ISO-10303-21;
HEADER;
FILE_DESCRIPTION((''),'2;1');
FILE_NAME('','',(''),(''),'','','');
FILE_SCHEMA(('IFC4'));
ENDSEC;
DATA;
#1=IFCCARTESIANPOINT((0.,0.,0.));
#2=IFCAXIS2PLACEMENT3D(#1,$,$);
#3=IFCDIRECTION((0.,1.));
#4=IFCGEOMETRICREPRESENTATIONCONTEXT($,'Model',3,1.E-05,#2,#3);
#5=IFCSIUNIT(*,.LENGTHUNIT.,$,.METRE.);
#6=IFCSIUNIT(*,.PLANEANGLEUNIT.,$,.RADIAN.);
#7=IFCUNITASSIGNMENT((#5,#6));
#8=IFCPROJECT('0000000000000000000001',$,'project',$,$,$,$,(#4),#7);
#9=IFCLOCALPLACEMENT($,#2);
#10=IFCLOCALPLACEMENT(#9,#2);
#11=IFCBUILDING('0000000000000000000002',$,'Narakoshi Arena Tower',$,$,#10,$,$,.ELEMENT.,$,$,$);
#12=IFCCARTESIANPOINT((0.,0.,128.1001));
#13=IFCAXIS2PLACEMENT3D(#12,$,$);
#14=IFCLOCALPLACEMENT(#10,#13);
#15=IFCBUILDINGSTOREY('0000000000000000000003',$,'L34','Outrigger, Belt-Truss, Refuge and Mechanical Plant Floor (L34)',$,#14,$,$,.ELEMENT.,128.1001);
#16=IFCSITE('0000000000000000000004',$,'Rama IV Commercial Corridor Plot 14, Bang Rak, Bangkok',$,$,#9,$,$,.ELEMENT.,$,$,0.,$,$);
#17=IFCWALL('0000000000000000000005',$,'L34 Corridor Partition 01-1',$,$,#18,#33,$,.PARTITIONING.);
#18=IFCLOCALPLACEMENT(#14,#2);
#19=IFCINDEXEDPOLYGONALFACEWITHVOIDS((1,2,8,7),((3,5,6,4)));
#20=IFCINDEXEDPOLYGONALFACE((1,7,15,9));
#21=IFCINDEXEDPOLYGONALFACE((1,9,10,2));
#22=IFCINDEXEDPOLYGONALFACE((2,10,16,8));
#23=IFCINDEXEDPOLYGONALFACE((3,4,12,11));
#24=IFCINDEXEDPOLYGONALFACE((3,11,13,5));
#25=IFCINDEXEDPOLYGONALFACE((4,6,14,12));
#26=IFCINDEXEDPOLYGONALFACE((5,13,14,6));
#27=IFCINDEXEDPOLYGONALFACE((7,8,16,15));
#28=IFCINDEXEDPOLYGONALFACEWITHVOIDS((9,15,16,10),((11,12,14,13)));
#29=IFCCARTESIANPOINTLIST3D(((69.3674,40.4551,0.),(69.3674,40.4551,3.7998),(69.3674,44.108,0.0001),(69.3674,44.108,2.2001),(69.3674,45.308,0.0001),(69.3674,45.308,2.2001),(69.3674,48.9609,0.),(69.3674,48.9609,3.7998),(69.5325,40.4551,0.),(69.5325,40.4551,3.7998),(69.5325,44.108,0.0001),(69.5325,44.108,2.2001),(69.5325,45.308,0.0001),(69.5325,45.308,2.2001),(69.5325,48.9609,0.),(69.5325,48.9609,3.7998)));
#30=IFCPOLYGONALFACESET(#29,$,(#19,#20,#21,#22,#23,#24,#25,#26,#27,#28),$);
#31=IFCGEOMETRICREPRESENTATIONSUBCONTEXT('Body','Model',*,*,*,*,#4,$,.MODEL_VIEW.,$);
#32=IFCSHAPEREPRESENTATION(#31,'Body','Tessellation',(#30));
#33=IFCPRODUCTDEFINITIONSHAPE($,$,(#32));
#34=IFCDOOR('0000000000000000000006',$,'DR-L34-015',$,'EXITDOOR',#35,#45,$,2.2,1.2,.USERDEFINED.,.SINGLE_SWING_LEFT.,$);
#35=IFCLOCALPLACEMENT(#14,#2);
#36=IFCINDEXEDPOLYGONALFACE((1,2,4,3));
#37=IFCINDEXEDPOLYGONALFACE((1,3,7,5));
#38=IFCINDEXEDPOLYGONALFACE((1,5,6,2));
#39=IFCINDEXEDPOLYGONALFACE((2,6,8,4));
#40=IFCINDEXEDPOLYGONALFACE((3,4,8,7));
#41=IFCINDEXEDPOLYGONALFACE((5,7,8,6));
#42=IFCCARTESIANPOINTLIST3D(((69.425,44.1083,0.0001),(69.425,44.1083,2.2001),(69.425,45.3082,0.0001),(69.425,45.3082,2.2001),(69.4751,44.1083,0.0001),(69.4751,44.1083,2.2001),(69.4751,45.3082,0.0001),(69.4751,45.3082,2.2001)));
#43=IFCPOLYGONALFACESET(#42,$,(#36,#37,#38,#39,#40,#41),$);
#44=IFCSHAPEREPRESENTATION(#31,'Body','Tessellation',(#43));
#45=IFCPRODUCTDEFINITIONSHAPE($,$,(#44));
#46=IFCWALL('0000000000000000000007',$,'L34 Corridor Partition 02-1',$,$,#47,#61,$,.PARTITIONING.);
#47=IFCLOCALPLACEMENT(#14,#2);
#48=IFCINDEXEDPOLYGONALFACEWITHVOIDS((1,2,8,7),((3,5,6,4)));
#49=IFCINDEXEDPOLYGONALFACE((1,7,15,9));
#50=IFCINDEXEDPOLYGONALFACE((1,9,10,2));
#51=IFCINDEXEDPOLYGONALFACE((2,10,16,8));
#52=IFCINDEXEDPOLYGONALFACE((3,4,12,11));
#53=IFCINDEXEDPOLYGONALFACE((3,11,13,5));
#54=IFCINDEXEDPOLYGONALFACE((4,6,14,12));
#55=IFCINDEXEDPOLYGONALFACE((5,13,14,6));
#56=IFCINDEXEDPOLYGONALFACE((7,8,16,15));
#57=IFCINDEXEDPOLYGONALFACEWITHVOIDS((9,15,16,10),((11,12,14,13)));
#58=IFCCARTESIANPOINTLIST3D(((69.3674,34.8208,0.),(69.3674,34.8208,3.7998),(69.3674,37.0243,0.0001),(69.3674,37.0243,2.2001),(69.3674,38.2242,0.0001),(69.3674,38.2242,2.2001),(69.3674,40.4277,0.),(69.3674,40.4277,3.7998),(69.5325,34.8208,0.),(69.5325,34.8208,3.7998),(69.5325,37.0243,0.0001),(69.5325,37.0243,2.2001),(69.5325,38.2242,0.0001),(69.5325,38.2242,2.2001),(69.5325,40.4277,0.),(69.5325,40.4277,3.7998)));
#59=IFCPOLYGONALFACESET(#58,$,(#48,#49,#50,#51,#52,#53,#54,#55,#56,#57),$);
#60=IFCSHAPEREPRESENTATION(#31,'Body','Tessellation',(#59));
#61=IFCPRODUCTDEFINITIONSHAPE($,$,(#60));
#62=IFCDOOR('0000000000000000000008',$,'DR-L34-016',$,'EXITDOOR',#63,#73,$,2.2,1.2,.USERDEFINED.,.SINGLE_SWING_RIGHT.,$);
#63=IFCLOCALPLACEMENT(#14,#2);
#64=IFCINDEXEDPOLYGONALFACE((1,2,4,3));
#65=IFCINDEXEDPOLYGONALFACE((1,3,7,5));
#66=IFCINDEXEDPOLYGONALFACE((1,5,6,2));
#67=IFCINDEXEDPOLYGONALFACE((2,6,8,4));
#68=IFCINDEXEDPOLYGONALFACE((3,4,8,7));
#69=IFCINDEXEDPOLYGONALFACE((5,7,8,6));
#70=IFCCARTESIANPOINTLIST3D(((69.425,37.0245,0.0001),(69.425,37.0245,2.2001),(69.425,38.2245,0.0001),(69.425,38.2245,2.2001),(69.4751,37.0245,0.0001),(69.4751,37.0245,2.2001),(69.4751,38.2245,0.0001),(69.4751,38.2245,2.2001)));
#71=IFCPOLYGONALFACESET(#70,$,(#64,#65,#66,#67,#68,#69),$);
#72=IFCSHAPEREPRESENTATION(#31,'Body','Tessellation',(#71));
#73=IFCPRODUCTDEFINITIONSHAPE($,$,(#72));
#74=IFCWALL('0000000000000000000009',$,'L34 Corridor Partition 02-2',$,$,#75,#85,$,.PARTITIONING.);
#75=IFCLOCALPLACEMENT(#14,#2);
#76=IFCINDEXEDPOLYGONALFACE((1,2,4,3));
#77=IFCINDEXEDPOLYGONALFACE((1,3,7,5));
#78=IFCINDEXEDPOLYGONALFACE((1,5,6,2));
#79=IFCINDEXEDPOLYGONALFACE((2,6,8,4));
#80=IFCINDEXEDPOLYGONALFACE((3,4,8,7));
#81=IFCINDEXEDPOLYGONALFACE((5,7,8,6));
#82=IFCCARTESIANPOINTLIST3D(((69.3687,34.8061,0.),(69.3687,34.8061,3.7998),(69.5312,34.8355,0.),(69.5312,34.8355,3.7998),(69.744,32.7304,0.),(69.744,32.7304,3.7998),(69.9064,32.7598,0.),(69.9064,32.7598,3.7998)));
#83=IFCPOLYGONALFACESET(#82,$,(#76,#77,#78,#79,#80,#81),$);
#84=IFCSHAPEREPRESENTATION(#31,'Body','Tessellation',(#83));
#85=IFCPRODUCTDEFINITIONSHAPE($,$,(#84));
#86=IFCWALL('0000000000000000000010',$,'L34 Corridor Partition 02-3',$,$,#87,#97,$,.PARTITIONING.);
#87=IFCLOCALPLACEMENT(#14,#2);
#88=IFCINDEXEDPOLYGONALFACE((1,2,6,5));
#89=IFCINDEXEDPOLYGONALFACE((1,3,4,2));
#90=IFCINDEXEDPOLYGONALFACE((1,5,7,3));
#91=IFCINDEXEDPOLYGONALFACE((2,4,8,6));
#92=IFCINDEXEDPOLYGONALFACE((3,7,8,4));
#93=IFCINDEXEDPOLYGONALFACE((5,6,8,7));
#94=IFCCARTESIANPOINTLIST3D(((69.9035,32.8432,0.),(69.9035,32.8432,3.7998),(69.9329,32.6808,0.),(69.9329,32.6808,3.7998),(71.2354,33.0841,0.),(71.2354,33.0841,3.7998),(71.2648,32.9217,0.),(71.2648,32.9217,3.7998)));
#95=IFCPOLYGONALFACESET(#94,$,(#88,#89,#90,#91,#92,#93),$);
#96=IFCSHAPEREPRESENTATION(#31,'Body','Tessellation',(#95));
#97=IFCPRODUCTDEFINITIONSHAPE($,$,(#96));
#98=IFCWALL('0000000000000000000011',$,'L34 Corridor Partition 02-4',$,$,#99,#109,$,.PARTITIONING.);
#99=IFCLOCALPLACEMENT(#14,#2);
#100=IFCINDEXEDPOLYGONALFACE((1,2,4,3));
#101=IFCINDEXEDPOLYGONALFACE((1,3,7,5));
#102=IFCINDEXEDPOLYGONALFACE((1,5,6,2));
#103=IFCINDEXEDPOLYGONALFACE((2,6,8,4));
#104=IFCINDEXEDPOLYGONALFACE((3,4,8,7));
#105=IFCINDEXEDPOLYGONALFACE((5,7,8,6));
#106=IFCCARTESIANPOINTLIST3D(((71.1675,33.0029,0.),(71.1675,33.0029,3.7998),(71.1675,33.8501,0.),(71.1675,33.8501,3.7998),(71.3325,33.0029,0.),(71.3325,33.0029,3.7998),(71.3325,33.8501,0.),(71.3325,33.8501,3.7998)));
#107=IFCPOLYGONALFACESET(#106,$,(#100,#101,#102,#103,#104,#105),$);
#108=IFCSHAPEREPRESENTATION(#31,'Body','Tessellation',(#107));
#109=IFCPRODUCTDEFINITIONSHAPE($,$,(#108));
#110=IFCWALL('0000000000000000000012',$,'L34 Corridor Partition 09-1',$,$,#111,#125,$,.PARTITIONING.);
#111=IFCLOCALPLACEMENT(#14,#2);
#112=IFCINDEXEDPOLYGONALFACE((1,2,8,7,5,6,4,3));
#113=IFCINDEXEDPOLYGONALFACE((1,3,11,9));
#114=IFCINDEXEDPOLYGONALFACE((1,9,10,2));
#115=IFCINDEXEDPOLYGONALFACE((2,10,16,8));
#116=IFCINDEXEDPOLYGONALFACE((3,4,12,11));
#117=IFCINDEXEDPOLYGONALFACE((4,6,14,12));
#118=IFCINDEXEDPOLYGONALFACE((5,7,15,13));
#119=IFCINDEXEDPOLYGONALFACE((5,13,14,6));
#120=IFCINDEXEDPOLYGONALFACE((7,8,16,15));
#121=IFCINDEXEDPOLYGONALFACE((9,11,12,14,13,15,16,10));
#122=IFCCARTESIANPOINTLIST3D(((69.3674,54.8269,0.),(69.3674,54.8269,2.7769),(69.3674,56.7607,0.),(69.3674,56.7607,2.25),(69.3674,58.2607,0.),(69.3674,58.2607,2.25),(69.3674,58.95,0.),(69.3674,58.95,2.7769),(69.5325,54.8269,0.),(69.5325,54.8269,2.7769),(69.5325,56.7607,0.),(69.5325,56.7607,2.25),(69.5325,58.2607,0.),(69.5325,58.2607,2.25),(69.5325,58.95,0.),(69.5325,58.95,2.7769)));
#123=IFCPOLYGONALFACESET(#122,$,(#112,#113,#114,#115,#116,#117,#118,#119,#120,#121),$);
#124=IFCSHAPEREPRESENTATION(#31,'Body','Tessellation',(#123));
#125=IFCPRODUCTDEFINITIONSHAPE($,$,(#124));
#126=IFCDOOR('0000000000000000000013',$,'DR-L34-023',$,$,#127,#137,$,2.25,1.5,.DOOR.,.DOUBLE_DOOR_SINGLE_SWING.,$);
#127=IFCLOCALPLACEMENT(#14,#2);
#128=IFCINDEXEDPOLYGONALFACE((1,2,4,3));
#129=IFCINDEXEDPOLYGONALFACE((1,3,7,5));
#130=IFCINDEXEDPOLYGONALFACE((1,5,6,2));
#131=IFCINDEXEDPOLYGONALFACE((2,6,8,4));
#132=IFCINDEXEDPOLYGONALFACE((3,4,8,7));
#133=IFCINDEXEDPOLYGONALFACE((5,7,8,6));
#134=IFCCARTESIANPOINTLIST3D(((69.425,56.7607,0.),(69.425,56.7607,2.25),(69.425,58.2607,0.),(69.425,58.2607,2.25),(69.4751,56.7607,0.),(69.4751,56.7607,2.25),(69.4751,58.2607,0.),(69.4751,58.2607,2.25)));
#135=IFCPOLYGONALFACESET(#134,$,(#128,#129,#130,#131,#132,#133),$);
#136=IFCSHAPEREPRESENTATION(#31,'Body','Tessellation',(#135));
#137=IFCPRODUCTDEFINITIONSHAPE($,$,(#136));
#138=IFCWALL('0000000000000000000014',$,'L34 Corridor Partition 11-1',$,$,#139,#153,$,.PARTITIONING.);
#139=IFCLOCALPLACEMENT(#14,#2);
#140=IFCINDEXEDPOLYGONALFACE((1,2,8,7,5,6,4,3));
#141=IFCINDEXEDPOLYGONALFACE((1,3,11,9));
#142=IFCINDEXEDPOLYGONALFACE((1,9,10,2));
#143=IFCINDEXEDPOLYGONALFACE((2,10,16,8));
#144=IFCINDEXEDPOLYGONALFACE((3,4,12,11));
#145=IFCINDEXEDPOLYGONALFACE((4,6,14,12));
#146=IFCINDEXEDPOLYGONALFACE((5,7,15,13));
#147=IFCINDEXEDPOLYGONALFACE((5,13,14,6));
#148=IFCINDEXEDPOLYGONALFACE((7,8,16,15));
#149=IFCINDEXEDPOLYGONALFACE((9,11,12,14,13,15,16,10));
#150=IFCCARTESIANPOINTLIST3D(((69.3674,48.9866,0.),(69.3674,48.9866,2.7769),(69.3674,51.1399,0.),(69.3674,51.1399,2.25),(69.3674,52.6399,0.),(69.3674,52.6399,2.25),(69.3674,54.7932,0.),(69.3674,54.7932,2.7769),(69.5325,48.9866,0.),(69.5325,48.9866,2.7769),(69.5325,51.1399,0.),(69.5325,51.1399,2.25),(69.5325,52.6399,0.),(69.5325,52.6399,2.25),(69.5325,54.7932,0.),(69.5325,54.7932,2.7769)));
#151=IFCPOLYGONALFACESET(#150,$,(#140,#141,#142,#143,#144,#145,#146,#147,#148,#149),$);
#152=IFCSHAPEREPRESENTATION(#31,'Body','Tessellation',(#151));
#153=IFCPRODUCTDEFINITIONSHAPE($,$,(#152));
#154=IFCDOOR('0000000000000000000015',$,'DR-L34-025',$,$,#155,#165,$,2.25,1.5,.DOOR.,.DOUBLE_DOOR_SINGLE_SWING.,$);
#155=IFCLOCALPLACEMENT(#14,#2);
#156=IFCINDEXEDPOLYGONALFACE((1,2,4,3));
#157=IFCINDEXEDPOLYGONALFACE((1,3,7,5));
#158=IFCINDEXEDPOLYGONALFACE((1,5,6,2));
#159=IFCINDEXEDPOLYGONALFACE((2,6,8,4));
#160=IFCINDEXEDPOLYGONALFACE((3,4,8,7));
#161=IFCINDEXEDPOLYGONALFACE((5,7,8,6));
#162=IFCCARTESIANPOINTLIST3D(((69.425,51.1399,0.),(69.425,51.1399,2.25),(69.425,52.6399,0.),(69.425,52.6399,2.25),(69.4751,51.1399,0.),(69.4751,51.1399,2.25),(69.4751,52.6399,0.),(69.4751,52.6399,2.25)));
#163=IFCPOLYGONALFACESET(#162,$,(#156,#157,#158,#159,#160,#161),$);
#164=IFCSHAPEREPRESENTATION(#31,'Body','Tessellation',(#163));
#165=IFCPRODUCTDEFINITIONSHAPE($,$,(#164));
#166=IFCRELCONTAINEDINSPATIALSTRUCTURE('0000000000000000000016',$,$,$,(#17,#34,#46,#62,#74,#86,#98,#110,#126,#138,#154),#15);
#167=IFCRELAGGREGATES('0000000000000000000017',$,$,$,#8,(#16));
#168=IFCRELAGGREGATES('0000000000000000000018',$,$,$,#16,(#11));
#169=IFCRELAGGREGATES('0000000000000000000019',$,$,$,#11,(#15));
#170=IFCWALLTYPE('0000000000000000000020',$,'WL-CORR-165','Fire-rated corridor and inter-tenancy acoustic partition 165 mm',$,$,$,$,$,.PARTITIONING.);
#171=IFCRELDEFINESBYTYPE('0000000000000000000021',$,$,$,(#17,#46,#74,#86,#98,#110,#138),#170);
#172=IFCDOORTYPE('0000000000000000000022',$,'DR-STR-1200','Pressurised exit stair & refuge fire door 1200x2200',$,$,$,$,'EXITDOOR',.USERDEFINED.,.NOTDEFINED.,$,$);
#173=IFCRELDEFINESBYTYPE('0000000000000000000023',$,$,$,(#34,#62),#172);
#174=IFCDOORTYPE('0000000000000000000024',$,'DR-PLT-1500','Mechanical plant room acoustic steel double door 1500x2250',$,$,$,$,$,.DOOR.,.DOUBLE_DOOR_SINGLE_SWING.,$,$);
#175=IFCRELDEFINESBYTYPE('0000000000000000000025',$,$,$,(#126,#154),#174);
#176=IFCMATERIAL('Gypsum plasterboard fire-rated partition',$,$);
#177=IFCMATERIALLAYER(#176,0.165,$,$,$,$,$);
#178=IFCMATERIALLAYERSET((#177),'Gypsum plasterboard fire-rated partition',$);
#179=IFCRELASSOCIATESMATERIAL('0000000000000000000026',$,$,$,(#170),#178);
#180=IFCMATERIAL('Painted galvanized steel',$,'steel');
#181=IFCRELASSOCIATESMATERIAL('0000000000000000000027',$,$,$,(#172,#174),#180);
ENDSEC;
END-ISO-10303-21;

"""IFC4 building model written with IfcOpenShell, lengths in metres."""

from ifc_helpers import new_model, si_unit, direction, frame, frame_2d, origin, place, context, subcontext, project, spatial, rectangle, extrude, material, layer, layer_set, type_object, element, fill, save


model = new_model("IFC4")

# Units and contexts
model_context = context("Model", 3, precision=1e-05, world=origin(), true_north=direction((0.0, 1.0)))
body_context = subcontext(model_context, "Body", "Model", "MODEL_VIEW")
ifc_project = project(units=[si_unit("LENGTHUNIT", "METRE"), si_unit("PLANEANGLEUNIT", "RADIAN")], contexts=[model_context])

# Site, building, storey
site_placement = place(None, origin())
site = spatial("IfcSite", under=ifc_project, at=site_placement, Name="Rama IV Commercial Corridor Plot 14, Bang Rak, Bangkok", CompositionType="ELEMENT", RefElevation=0.0)
building_placement = place(site_placement, origin())
building = spatial("IfcBuilding", under=site, at=building_placement, Name="Narakoshi Arena Tower", CompositionType="ELEMENT")
storey_placement = place(building_placement, frame((0.0, 0.0, 128.1001)))
storey = spatial("IfcBuildingStorey", under=building, at=storey_placement, Name="L34", Description="Outrigger, Belt-Truss, Refuge and Mechanical Plant Floor (L34)", CompositionType="ELEMENT", Elevation=128.1001)

# Walls, openings, doors
ifc_material_1 = material(Name="Gypsum plasterboard fire-rated partition")
ifc_layer_1 = layer(ifc_material_1, 0.165)
ifc_layer_set_1 = layer_set([ifc_layer_1], Name="Gypsum plasterboard fire-rated partition")
wall_type_1 = type_object("IfcWallType", Name="WL-CORR-165", Description="Fire-rated corridor and inter-tenancy acoustic partition 165 mm", PredefinedType="PARTITIONING", material=ifc_layer_set_1)
wall_1_placement = place(storey_placement, frame((69.45, 48.9609, 0.0), z_axis=(0.0, 0.0, 1.0), x_axis=(0.0, -1.0, 0.0)))
wall_1 = element("IfcWall", 1, at=wall_1_placement, inside=storey, type_object=wall_type_1, Name="L34 Corridor Partition 01-1", PredefinedType="PARTITIONING", context=body_context, shape_type="SweptSolid", body=[
    extrude(rectangle(XDim=8.5059, YDim=0.165, at=frame_2d((4.2529, 0.0))), origin(), (0.0, 0.0, 1.0), 3.7998),
])
opening_1_placement = place(wall_1_placement, frame((3.6528, 0.0, 0.0)))
opening_1 = element("IfcOpeningElement", 2, at=opening_1_placement, cuts=wall_1, PredefinedType="OPENING", context=body_context, shape_type="SweptSolid", body=[
    extrude(rectangle(XDim=1.2, YDim=2.2, at=frame_2d((0.6001, 1.1001))), frame((0.0, 0.0925, 0.0), z_axis=(0.0, -1.0, 0.0), x_axis=(1.0, 0.0, 0.0)), (0.0, 0.0, 1.0), 0.1851),
])
ifc_material_2 = material(Name="Painted galvanized steel", Category="steel")
door_type_1 = type_object("IfcDoorType", Name="DR-STR-1200", Description="Pressurised exit stair & refuge fire door 1200x2200", ElementType="EXITDOOR", OperationType="NOTDEFINED", PredefinedType="USERDEFINED", material=ifc_material_2)
door_1_placement = place(opening_1_placement, frame((1.2, 0.0, 0.0), z_axis=(0.0, 0.0, 1.0), x_axis=(-1.0, 0.0, 0.0)))
door_1 = element("IfcDoor", 3, at=door_1_placement, inside=storey, type_object=door_type_1, Name="DR-L34-015", ObjectType="EXITDOOR", OperationType="SINGLE_SWING_LEFT", OverallHeight=2.2, OverallWidth=1.2, PredefinedType="USERDEFINED", context=body_context, shape_type="SweptSolid", body=[
    extrude(rectangle(XDim=1.2, YDim=2.2, at=frame_2d((0.6001, 1.1001))), frame((0.0, 0.0249, 0.0), z_axis=(0.0, -1.0, 0.0), x_axis=(1.0, 0.0, 0.0)), (0.0, 0.0, 1.0), 0.05),
])
fill(opening_1, door_1)
wall_2_placement = place(storey_placement, frame((69.45, 40.4277, 0.0), z_axis=(0.0, 0.0, 1.0), x_axis=(0.0, -1.0, 0.0)))
wall_2 = element("IfcWall", 4, at=wall_2_placement, inside=storey, type_object=wall_type_1, Name="L34 Corridor Partition 02-1", PredefinedType="PARTITIONING", context=body_context, shape_type="SweptSolid", body=[
    extrude(rectangle(XDim=5.6069, YDim=0.165, at=frame_2d((2.8035, 0.0))), origin(), (0.0, 0.0, 1.0), 3.7998),
])
opening_2_placement = place(wall_2_placement, frame((2.2034, 0.0, 0.0)))
opening_2 = element("IfcOpeningElement", 5, at=opening_2_placement, cuts=wall_2, PredefinedType="OPENING", context=body_context, shape_type="SweptSolid", body=[
    extrude(rectangle(XDim=1.2, YDim=2.2, at=frame_2d((0.6001, 1.1001))), frame((0.0, 0.0925, 0.0), z_axis=(0.0, -1.0, 0.0), x_axis=(1.0, 0.0, 0.0)), (0.0, 0.0, 1.0), 0.1851),
])
door_2_placement = place(opening_2_placement, frame((1.2, 0.0, 0.0), z_axis=(0.0, 0.0, 1.0), x_axis=(-1.0, 0.0, 0.0)))
door_2 = element("IfcDoor", 6, at=door_2_placement, inside=storey, type_object=door_type_1, Name="DR-L34-016", ObjectType="EXITDOOR", OperationType="SINGLE_SWING_RIGHT", OverallHeight=2.2, OverallWidth=1.2, PredefinedType="USERDEFINED", context=body_context, shape_type="SweptSolid", body=[
    extrude(rectangle(XDim=1.2, YDim=2.2, at=frame_2d((0.6001, 1.1001))), frame((0.0, 0.0249, 0.0), z_axis=(0.0, -1.0, 0.0), x_axis=(1.0, 0.0, 0.0)), (0.0, 0.0, 1.0), 0.05),
])
fill(opening_2, door_2)

# Walls
wall_3_placement = place(storey_placement, frame((69.45, 34.8208, 0.0), z_axis=(0.0, 0.0, 1.0), x_axis=(0.177897, -0.984049, 0.0)))
element("IfcWall", 7, at=wall_3_placement, inside=storey, type_object=wall_type_1, Name="L34 Corridor Partition 02-2", PredefinedType="PARTITIONING", context=body_context, shape_type="SweptSolid", body=[
    extrude(rectangle(XDim=2.1094, YDim=0.165, at=frame_2d((1.0547, 0.0))), origin(), (0.0, 0.0, 1.0), 3.7998),
])
wall_4_placement = place(storey_placement, frame((69.9182, 32.762, 0.0), z_axis=(0.0, 0.0, 1.0), x_axis=(0.984023, 0.178044, 0.0)))
element("IfcWall", 8, at=wall_4_placement, inside=storey, type_object=wall_type_1, Name="L34 Corridor Partition 02-3", PredefinedType="PARTITIONING", context=body_context, shape_type="SweptSolid", body=[
    extrude(rectangle(XDim=1.3535, YDim=0.165, at=frame_2d((0.6768, 0.0))), origin(), (0.0, 0.0, 1.0), 3.7998),
])
wall_5_placement = place(storey_placement, frame((71.25, 33.0029, 0.0), z_axis=(0.0, 0.0, 1.0), x_axis=(0.0, 1.0, 0.0)))
element("IfcWall", 9, at=wall_5_placement, inside=storey, type_object=wall_type_1, Name="L34 Corridor Partition 02-4", PredefinedType="PARTITIONING", context=body_context, shape_type="SweptSolid", body=[
    extrude(rectangle(XDim=0.8472, YDim=0.165, at=frame_2d((0.4236, 0.0))), origin(), (0.0, 0.0, 1.0), 3.7998),
])

# Walls, openings, doors
wall_6_placement = place(storey_placement, frame((69.45, 58.95, 0.0), z_axis=(0.0, 0.0, 1.0), x_axis=(0.0, -1.0, 0.0)))
wall_6 = element("IfcWall", 10, at=wall_6_placement, inside=storey, type_object=wall_type_1, Name="L34 Corridor Partition 09-1", PredefinedType="PARTITIONING", context=body_context, shape_type="SweptSolid", body=[
    extrude(rectangle(XDim=4.123, YDim=0.165, at=frame_2d((2.0615, 0.0))), origin(), (0.0, 0.0, 1.0), 2.7769),
])
opening_3_placement = place(wall_6_placement, frame((0.6892, 0.0, 0.0)))
opening_3 = element("IfcOpeningElement", 11, at=opening_3_placement, cuts=wall_6, PredefinedType="OPENING", context=body_context, shape_type="SweptSolid", body=[
    extrude(rectangle(XDim=1.5, YDim=2.25, at=frame_2d((0.75, 1.125))), frame((0.0, 0.0925, 0.0), z_axis=(0.0, -1.0, 0.0), x_axis=(1.0, 0.0, 0.0)), (0.0, 0.0, 1.0), 0.1851),
])
door_type_2 = type_object("IfcDoorType", Name="DR-PLT-1500", Description="Mechanical plant room acoustic steel double door 1500x2250", OperationType="DOUBLE_DOOR_SINGLE_SWING", PredefinedType="DOOR", material=ifc_material_2)
door_3_placement = place(opening_3_placement, frame((1.5, 0.0, 0.0), z_axis=(0.0, 0.0, 1.0), x_axis=(-1.0, 0.0, 0.0)))
door_3 = element("IfcDoor", 12, at=door_3_placement, inside=storey, type_object=door_type_2, Name="DR-L34-023", OperationType="DOUBLE_DOOR_SINGLE_SWING", OverallHeight=2.25, OverallWidth=1.5, PredefinedType="DOOR", context=body_context, shape_type="SweptSolid", body=[
    extrude(rectangle(XDim=1.5, YDim=2.25, at=frame_2d((0.75, 1.125))), frame((0.0, 0.0249, 0.0), z_axis=(0.0, -1.0, 0.0), x_axis=(1.0, 0.0, 0.0)), (0.0, 0.0, 1.0), 0.05),
])
fill(opening_3, door_3)
wall_7_placement = place(storey_placement, frame((69.45, 54.7932, 0.0), z_axis=(0.0, 0.0, 1.0), x_axis=(0.0, -1.0, 0.0)))
wall_7 = element("IfcWall", 13, at=wall_7_placement, inside=storey, type_object=wall_type_1, Name="L34 Corridor Partition 11-1", PredefinedType="PARTITIONING", context=body_context, shape_type="SweptSolid", body=[
    extrude(rectangle(XDim=5.8066, YDim=0.165, at=frame_2d((2.9033, 0.0))), origin(), (0.0, 0.0, 1.0), 2.7769),
])
opening_4_placement = place(wall_7_placement, frame((2.1533, 0.0, 0.0)))
opening_4 = element("IfcOpeningElement", 14, at=opening_4_placement, cuts=wall_7, PredefinedType="OPENING", context=body_context, shape_type="SweptSolid", body=[
    extrude(rectangle(XDim=1.5, YDim=2.25, at=frame_2d((0.75, 1.125))), frame((0.0, 0.0925, 0.0), z_axis=(0.0, -1.0, 0.0), x_axis=(1.0, 0.0, 0.0)), (0.0, 0.0, 1.0), 0.1851),
])
door_4_placement = place(opening_4_placement, frame((1.5, 0.0, 0.0), z_axis=(0.0, 0.0, 1.0), x_axis=(-1.0, 0.0, 0.0)))
door_4 = element("IfcDoor", 15, at=door_4_placement, inside=storey, type_object=door_type_2, Name="DR-L34-025", OperationType="DOUBLE_DOOR_SINGLE_SWING", OverallHeight=2.25, OverallWidth=1.5, PredefinedType="DOOR", context=body_context, shape_type="SweptSolid", body=[
    extrude(rectangle(XDim=1.5, YDim=2.25, at=frame_2d((0.75, 1.125))), frame((0.0, 0.0249, 0.0), z_axis=(0.0, -1.0, 0.0), x_axis=(1.0, 0.0, 0.0)), (0.0, 0.0, 1.0), 0.05),
])
fill(opening_4, door_4)

save(model, "model.ifc")
